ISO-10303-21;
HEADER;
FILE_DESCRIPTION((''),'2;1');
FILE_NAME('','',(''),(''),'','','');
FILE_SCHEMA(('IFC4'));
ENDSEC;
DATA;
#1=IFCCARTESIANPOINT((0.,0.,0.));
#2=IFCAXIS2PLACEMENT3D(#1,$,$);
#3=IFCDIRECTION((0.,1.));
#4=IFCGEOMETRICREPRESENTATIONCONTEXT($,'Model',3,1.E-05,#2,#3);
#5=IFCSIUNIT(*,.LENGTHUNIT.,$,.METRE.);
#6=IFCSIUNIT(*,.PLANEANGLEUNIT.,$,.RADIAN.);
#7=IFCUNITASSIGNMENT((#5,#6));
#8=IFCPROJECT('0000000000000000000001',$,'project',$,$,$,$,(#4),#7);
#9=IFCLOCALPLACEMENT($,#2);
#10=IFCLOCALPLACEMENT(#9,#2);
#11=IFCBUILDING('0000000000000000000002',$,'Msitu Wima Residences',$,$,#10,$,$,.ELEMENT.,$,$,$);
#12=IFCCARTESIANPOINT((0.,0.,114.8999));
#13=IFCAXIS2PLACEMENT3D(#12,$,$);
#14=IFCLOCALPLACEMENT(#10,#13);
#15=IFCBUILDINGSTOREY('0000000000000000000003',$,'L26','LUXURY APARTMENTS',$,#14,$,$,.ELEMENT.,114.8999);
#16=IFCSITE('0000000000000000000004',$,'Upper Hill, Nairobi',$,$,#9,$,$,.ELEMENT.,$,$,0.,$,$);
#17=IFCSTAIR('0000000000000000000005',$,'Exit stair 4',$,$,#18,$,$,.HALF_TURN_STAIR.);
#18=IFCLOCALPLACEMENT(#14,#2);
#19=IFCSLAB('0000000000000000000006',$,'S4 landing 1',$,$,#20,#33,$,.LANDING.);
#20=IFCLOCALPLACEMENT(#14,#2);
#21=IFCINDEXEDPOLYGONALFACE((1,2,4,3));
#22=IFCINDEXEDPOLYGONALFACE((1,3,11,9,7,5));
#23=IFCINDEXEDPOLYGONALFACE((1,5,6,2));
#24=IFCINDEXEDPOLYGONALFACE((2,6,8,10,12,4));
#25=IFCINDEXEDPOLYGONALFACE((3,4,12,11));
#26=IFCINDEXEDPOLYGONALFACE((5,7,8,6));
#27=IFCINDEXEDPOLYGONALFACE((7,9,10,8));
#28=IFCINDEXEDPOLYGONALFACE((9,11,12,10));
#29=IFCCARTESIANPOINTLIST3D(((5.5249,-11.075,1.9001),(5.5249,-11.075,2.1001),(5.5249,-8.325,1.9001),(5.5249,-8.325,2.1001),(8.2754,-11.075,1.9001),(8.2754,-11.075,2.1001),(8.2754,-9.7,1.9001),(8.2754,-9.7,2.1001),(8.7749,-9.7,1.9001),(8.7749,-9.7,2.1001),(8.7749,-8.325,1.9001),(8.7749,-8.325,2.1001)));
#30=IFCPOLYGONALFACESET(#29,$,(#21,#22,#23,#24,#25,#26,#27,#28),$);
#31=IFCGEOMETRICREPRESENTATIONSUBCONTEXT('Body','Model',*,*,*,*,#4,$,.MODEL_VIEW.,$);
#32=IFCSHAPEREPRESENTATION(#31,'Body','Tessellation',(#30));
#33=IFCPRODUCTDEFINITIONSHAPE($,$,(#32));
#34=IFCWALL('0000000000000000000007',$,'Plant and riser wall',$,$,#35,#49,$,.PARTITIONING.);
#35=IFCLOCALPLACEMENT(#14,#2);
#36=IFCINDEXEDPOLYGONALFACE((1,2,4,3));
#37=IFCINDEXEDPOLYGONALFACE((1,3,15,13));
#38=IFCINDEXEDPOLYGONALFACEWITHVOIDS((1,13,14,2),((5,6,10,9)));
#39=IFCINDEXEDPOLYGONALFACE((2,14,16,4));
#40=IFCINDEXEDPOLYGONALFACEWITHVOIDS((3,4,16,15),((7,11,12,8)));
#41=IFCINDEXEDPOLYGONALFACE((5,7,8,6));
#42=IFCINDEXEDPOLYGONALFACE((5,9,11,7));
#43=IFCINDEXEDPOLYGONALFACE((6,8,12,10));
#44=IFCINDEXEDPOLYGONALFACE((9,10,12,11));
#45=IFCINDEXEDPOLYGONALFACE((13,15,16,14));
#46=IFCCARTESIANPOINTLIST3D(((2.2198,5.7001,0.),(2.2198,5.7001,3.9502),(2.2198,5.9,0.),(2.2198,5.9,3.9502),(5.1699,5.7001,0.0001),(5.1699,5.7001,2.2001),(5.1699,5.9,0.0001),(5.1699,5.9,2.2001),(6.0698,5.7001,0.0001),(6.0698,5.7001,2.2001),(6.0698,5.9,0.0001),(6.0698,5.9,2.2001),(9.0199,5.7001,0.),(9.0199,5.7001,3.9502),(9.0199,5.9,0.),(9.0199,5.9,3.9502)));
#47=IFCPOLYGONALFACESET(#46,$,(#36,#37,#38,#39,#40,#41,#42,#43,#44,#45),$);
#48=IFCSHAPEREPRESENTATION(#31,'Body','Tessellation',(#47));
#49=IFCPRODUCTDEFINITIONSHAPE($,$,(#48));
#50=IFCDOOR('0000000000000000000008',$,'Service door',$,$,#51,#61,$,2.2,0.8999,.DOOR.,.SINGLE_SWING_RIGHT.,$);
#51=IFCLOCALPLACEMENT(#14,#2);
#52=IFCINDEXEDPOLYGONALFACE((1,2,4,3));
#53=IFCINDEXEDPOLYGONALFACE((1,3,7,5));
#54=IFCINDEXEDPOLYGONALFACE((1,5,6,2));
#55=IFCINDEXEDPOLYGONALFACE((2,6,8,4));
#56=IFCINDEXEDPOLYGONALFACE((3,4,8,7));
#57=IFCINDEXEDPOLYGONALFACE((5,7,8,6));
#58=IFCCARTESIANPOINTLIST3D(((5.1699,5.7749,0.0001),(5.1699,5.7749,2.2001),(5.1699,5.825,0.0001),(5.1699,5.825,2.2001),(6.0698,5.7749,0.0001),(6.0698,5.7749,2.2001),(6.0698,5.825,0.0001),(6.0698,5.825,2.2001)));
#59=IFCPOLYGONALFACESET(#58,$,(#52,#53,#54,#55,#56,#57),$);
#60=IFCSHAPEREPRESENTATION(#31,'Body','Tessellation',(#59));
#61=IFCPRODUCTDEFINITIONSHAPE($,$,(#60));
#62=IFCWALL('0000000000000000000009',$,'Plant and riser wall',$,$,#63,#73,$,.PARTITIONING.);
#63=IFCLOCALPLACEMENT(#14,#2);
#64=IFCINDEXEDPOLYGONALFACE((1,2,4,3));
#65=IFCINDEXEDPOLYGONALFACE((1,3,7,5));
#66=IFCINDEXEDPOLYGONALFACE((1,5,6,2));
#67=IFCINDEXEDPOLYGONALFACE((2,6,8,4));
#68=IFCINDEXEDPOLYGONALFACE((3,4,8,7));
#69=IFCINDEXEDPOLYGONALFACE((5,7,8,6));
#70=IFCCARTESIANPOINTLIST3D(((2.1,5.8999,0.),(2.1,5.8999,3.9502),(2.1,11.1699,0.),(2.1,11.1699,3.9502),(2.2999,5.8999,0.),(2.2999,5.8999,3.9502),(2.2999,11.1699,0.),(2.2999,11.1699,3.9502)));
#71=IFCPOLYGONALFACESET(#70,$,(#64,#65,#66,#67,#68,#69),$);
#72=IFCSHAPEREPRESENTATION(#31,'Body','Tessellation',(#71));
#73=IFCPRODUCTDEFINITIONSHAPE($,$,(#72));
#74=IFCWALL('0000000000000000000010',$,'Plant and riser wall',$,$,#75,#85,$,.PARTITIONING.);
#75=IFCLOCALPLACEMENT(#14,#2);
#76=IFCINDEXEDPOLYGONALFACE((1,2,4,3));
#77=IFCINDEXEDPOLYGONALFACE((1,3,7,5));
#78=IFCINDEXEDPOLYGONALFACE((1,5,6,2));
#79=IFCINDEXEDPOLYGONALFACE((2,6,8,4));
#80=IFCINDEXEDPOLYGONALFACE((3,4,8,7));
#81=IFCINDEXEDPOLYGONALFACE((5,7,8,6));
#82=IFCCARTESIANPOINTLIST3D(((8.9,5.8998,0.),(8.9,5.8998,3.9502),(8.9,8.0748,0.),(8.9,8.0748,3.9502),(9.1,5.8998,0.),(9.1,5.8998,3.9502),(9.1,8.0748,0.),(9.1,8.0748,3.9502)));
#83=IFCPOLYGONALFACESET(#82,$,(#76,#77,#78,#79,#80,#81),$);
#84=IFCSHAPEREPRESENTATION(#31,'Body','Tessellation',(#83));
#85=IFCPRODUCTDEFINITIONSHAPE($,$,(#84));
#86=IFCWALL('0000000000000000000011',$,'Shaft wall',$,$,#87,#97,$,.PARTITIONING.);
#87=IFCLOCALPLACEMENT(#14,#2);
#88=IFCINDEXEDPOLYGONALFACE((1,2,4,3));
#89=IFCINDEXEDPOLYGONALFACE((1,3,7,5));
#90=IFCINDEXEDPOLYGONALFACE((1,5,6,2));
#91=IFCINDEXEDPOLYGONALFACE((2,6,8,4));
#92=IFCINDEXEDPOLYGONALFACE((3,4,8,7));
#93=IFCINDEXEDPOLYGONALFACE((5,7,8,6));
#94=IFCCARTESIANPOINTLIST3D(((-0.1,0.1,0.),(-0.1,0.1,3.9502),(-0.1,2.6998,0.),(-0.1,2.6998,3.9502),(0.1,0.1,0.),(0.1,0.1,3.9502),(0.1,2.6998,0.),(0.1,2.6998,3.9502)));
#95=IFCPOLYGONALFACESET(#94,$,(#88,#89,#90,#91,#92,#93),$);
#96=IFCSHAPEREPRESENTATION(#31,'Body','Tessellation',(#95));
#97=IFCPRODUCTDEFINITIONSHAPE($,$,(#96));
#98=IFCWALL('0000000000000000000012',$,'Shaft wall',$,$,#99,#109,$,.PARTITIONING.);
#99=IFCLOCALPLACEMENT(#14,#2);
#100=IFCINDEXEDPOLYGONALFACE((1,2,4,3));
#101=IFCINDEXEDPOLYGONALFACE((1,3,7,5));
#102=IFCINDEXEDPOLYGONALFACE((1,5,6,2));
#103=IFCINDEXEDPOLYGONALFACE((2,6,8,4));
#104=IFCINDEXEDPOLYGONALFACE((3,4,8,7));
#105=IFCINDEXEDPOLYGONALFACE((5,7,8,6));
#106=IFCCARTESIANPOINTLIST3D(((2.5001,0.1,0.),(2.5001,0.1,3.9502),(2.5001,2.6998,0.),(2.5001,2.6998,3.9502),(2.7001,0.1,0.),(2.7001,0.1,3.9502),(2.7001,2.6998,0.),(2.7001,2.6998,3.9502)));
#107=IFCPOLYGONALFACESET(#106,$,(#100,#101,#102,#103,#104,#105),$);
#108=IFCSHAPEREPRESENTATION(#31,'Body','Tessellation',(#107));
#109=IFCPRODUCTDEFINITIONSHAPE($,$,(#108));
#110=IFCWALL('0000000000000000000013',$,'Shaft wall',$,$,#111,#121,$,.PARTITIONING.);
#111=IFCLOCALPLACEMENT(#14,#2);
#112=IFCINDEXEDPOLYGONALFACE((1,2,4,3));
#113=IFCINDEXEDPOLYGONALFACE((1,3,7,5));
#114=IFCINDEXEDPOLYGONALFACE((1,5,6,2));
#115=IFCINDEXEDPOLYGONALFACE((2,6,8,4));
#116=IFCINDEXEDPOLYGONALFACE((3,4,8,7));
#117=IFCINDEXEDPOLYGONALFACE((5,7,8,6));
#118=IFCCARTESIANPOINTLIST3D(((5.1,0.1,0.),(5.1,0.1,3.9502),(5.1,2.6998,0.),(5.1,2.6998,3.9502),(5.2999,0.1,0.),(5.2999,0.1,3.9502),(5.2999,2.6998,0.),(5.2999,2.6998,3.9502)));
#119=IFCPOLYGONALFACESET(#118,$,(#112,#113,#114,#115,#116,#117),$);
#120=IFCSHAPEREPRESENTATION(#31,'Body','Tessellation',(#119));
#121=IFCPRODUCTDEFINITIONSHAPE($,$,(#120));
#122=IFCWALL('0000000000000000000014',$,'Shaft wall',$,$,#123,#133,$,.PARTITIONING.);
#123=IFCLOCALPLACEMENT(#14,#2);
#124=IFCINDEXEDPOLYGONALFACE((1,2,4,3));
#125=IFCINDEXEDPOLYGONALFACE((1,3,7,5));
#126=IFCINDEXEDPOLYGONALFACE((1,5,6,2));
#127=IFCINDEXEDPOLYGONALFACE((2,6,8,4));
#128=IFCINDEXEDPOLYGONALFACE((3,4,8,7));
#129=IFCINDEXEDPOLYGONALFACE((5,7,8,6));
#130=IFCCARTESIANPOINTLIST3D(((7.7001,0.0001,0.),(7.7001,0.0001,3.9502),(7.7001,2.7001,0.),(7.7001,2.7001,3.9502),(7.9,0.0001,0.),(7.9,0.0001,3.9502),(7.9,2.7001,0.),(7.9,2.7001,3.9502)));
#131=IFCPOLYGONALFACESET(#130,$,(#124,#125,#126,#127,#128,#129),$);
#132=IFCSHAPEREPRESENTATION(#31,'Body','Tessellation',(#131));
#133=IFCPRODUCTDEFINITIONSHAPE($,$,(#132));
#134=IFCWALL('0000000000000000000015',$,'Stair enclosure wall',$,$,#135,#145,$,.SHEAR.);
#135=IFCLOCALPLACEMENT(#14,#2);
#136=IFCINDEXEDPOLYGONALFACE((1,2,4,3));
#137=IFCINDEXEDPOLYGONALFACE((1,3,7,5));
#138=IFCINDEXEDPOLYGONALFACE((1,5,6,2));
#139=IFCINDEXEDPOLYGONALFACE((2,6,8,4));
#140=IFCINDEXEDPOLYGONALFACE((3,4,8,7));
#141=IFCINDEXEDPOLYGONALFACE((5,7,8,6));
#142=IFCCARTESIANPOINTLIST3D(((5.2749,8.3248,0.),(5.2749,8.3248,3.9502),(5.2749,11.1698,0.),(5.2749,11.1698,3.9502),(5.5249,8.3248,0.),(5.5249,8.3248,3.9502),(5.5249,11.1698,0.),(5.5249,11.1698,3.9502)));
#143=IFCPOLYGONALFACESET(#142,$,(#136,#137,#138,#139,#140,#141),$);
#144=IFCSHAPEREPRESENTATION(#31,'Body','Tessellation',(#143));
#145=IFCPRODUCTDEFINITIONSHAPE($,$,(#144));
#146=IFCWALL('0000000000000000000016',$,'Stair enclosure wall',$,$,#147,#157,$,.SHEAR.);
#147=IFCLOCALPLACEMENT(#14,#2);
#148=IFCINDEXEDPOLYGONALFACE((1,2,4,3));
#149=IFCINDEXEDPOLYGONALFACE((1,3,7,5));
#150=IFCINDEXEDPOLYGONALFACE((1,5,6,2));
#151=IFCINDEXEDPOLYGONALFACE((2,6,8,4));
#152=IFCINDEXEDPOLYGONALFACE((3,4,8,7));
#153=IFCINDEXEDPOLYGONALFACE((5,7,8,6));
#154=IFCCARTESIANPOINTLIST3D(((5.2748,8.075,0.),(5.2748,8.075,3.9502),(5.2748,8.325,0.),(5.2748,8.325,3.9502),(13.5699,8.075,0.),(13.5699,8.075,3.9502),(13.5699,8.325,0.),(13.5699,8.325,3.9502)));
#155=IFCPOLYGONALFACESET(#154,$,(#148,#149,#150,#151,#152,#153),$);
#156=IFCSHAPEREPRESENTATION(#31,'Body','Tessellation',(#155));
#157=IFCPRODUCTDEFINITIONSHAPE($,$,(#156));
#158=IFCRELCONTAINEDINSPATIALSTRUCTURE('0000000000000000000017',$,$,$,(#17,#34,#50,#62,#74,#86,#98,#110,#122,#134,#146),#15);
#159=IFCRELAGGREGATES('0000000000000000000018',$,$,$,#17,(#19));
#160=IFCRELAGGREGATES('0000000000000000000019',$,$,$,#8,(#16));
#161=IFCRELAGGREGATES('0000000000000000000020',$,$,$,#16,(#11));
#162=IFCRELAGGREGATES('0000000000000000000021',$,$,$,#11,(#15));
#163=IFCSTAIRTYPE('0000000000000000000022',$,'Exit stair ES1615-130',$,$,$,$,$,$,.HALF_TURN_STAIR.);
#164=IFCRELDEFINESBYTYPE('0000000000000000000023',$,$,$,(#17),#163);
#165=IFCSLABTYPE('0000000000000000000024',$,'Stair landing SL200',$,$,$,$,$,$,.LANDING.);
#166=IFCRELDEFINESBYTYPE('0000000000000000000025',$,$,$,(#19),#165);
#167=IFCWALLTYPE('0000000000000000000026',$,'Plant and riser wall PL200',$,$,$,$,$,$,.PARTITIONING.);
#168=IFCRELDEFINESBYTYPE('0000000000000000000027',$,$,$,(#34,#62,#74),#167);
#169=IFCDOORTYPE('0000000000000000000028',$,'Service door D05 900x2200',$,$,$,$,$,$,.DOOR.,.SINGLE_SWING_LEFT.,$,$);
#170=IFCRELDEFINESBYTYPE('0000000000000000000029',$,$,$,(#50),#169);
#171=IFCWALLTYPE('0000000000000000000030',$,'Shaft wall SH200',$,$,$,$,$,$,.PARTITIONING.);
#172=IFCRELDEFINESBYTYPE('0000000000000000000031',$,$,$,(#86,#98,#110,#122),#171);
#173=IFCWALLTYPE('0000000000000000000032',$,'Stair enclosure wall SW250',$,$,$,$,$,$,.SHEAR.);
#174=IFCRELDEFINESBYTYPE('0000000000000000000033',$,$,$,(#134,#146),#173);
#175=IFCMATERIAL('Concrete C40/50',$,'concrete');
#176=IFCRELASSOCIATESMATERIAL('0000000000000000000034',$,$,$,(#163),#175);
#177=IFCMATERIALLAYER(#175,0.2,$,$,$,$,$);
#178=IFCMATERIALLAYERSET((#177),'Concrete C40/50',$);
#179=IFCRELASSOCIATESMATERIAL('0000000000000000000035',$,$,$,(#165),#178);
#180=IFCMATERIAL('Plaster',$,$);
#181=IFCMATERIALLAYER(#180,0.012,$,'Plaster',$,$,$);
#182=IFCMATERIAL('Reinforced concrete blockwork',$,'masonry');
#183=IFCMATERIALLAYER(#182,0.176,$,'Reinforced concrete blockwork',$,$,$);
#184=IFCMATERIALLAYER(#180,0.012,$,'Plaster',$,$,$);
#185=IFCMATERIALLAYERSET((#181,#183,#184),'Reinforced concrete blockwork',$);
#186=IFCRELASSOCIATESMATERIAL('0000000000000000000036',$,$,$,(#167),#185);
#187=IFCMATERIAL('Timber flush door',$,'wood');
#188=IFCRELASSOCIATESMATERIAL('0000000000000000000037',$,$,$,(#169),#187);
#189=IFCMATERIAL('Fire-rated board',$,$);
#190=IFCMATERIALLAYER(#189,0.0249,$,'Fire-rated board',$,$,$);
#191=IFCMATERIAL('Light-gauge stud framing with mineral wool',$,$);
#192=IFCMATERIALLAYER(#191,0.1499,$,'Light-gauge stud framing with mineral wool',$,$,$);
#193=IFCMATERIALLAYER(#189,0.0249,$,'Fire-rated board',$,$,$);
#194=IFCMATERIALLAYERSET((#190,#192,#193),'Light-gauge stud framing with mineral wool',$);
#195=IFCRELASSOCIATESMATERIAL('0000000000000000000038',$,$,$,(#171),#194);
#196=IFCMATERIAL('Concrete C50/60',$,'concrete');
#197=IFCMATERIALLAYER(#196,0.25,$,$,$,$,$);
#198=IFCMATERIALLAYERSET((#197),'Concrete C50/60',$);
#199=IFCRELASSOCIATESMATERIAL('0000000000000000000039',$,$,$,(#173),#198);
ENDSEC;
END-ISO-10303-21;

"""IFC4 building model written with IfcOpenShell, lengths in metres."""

from ifc_helpers import new_model, si_unit, direction, frame, frame_2d, origin, place, context, subcontext, project, spatial, polyline, rectangle, outline, extrude, material, layer, layer_set, type_object, element, fill, aggregate, save


model = new_model("IFC4")

# Units and contexts
model_context = context("Model", 3, precision=1e-05, world=origin(), true_north=direction((0.0, 1.0)))
body_context = subcontext(model_context, "Body", "Model", "MODEL_VIEW")
ifc_project = project(units=[si_unit("LENGTHUNIT", "METRE"), si_unit("PLANEANGLEUNIT", "RADIAN")], contexts=[model_context])

# Site, building, storey
site_placement = place(None, origin())
site = spatial("IfcSite", under=ifc_project, at=site_placement, Name="Upper Hill, Nairobi", CompositionType="ELEMENT", RefElevation=0.0)
building_placement = place(site_placement, origin())
building = spatial("IfcBuilding", under=site, at=building_placement, Name="Msitu Wima Residences", CompositionType="ELEMENT")
storey_placement = place(building_placement, frame((0.0, 0.0, 114.8999)))
storey = spatial("IfcBuildingStorey", under=building, at=storey_placement, Name="L26", Description="LUXURY APARTMENTS", CompositionType="ELEMENT", Elevation=114.8999)

# Shared definitions
ifc_material_1 = material(Name="Concrete C40/50", Category="concrete")

# Stair, slab
stair_type = type_object("IfcStairType", Name="Exit stair ES1615-130", PredefinedType="HALF_TURN_STAIR", material=ifc_material_1)
ifc_layer_1 = layer(ifc_material_1, 0.2)
ifc_layer_set_1 = layer_set([ifc_layer_1], Name="Concrete C40/50")
slab_type_1 = type_object("IfcSlabType", Name="Stair landing SL200", PredefinedType="LANDING", material=ifc_layer_set_1)
stair_1_placement = place(storey_placement, origin())
stair_1 = element("IfcStair", 1, at=stair_1_placement, inside=storey, type_object=stair_type, Name="Exit stair 4", PredefinedType="HALF_TURN_STAIR")
slab_1_placement = place(storey_placement, frame((0.0, 0.0, 1.9001)))
slab_1 = element("IfcSlab", 2, at=slab_1_placement, type_object=slab_type_1, Name="S4 landing 1", PredefinedType="LANDING", context=body_context, shape_type="SweptSolid", body=[
    extrude(outline(polyline([(5.5249, -11.075), (8.2754, -11.075), (8.2754, -9.7), (8.7749, -9.7), (8.7749, -8.325), (5.5249, -8.325), (5.5249, -11.075)])), origin(), (0.0, 0.0, 1.0), 0.2),
])
aggregate(stair_1, [slab_1])

# Wall, opening, door
ifc_material_2 = material(Name="Plaster")
ifc_layer_2 = layer(ifc_material_2, 0.012, Name="Plaster")
ifc_material_3 = material(Name="Reinforced concrete blockwork", Category="masonry")
ifc_layer_3 = layer(ifc_material_3, 0.176, Name="Reinforced concrete blockwork")
ifc_layer_4 = layer(ifc_material_2, 0.012, Name="Plaster")
ifc_layer_set_2 = layer_set([ifc_layer_2, ifc_layer_3, ifc_layer_4], Name="Reinforced concrete blockwork")
wall_type_1 = type_object("IfcWallType", Name="Plant and riser wall PL200", PredefinedType="PARTITIONING", material=ifc_layer_set_2)
wall_1_placement = place(storey_placement, frame((2.22, 5.8, 0.0), z_axis=(0.0, 0.0, 1.0), x_axis=(1.0, 0.0, 0.0)))
wall_1 = element("IfcWall", 3, at=wall_1_placement, inside=storey, type_object=wall_type_1, Name="Plant and riser wall", PredefinedType="PARTITIONING", context=body_context, shape_type="SweptSolid", body=[
    extrude(rectangle(XDim=6.8, YDim=0.2, at=frame_2d((3.3999, 0.0))), origin(), (0.0, 0.0, 1.0), 3.9502),
])
opening_placement = place(wall_1_placement, frame((2.95, 0.0, 0.0)))
opening = element("IfcOpeningElement", 4, at=opening_placement, cuts=wall_1, PredefinedType="OPENING", context=body_context, shape_type="SweptSolid", body=[
    extrude(rectangle(XDim=0.8999, YDim=2.2, at=frame_2d((0.45, 1.1001))), frame((0.0, 0.1099, 0.0), z_axis=(0.0, -1.0, 0.0), x_axis=(1.0, 0.0, 0.0)), (0.0, 0.0, 1.0), 0.22),
])
ifc_material_4 = material(Name="Timber flush door", Category="wood")
door_type = type_object("IfcDoorType", Name="Service door D05 900x2200", OperationType="SINGLE_SWING_LEFT", PredefinedType="DOOR", material=ifc_material_4)
door_placement = place(opening_placement, origin())
door = element("IfcDoor", 5, at=door_placement, inside=storey, type_object=door_type, Name="Service door", OperationType="SINGLE_SWING_RIGHT", OverallHeight=2.2, OverallWidth=0.8999, PredefinedType="DOOR", context=body_context, shape_type="SweptSolid", body=[
    extrude(rectangle(XDim=0.8999, YDim=2.2, at=frame_2d((0.45, 1.1001))), frame((0.0, 0.0249, 0.0), z_axis=(0.0, -1.0, 0.0), x_axis=(1.0, 0.0, 0.0)), (0.0, 0.0, 1.0), 0.05),
])
fill(opening, door)

# Walls
wall_2_placement = place(storey_placement, frame((2.2, 5.8999, 0.0), z_axis=(0.0, 0.0, 1.0), x_axis=(0.0, 1.0, 0.0)))
element("IfcWall", 6, at=wall_2_placement, inside=storey, type_object=wall_type_1, Name="Plant and riser wall", PredefinedType="PARTITIONING", context=body_context, shape_type="SweptSolid", body=[
    extrude(rectangle(XDim=5.27, YDim=0.2, at=frame_2d((2.635, 0.0))), origin(), (0.0, 0.0, 1.0), 3.9502),
])
wall_3_placement = place(storey_placement, frame((9.0, 5.8999, 0.0), z_axis=(0.0, 0.0, 1.0), x_axis=(0.0, 1.0, 0.0)))
element("IfcWall", 7, at=wall_3_placement, inside=storey, type_object=wall_type_1, Name="Plant and riser wall", PredefinedType="PARTITIONING", context=body_context, shape_type="SweptSolid", body=[
    extrude(rectangle(XDim=2.175, YDim=0.2, at=frame_2d((1.0874, 0.0))), origin(), (0.0, 0.0, 1.0), 3.9502),
])
ifc_material_5 = material(Name="Fire-rated board")
ifc_layer_5 = layer(ifc_material_5, 0.0249, Name="Fire-rated board")
ifc_material_6 = material(Name="Light-gauge stud framing with mineral wool")
ifc_layer_6 = layer(ifc_material_6, 0.1499, Name="Light-gauge stud framing with mineral wool")
ifc_layer_7 = layer(ifc_material_5, 0.0249, Name="Fire-rated board")
ifc_layer_set_3 = layer_set([ifc_layer_5, ifc_layer_6, ifc_layer_7], Name="Light-gauge stud framing with mineral wool")
wall_type_2 = type_object("IfcWallType", Name="Shaft wall SH200", PredefinedType="PARTITIONING", material=ifc_layer_set_3)
for number, where, z_axis, x_axis, name in (
    (8, (0.0, 0.1001, 0.0), (0.0, 0.0, 1.0), (0.0, 1.0, 0.0), "Shaft wall"),
    (9, (2.6001, 0.1001, 0.0), (0.0, 0.0, 1.0), (0.0, 1.0, 0.0), "Shaft wall"),
    (10, (5.2, 0.1001, 0.0), (0.0, 0.0, 1.0), (0.0, 1.0, 0.0), "Shaft wall"),
):
    element("IfcWall", number, at=place(storey_placement, frame(where, z_axis=z_axis, x_axis=x_axis)), inside=storey, type_object=wall_type_2, Name=name, PredefinedType="PARTITIONING", context=body_context, shape_type="SweptSolid", body=[
        extrude(rectangle(XDim=2.5999, YDim=0.2, at=frame_2d((1.2998, 0.0))), origin(), (0.0, 0.0, 1.0), 3.9502),
    ])
wall_4_placement = place(storey_placement, frame((7.8, 0.0, 0.0), z_axis=(0.0, 0.0, 1.0), x_axis=(0.0, 1.0, 0.0)))
element("IfcWall", 11, at=wall_4_placement, inside=storey, type_object=wall_type_2, Name="Shaft wall", PredefinedType="PARTITIONING", context=body_context, shape_type="SweptSolid", body=[
    extrude(rectangle(XDim=2.7, YDim=0.2, at=frame_2d((1.3501, 0.0))), origin(), (0.0, 0.0, 1.0), 3.9502),
])
ifc_material_7 = material(Name="Concrete C50/60", Category="concrete")
ifc_layer_8 = layer(ifc_material_7, 0.25)
ifc_layer_set_4 = layer_set([ifc_layer_8], Name="Concrete C50/60")
wall_type_3 = type_object("IfcWallType", Name="Stair enclosure wall SW250", PredefinedType="SHEAR", material=ifc_layer_set_4)
wall_5_placement = place(storey_placement, frame((5.3999, 8.325, 0.0), z_axis=(0.0, 0.0, 1.0), x_axis=(0.0, 1.0, 0.0)))
element("IfcWall", 12, at=wall_5_placement, inside=storey, type_object=wall_type_3, Name="Stair enclosure wall", PredefinedType="SHEAR", context=body_context, shape_type="SweptSolid", body=[
    extrude(rectangle(XDim=2.845, YDim=0.25, at=frame_2d((1.4224, 0.0))), origin(), (0.0, 0.0, 1.0), 3.9502),
])
wall_6_placement = place(storey_placement, frame((5.2749, 8.2, 0.0), z_axis=(0.0, 0.0, 1.0), x_axis=(1.0, 0.0, 0.0)))
element("IfcWall", 13, at=wall_6_placement, inside=storey, type_object=wall_type_3, Name="Stair enclosure wall", PredefinedType="SHEAR", context=body_context, shape_type="SweptSolid", body=[
    extrude(rectangle(XDim=8.2952, YDim=0.25, at=frame_2d((4.1475, 0.0))), origin(), (0.0, 0.0, 1.0), 3.9502),
])

save(model, "model.ifc")
